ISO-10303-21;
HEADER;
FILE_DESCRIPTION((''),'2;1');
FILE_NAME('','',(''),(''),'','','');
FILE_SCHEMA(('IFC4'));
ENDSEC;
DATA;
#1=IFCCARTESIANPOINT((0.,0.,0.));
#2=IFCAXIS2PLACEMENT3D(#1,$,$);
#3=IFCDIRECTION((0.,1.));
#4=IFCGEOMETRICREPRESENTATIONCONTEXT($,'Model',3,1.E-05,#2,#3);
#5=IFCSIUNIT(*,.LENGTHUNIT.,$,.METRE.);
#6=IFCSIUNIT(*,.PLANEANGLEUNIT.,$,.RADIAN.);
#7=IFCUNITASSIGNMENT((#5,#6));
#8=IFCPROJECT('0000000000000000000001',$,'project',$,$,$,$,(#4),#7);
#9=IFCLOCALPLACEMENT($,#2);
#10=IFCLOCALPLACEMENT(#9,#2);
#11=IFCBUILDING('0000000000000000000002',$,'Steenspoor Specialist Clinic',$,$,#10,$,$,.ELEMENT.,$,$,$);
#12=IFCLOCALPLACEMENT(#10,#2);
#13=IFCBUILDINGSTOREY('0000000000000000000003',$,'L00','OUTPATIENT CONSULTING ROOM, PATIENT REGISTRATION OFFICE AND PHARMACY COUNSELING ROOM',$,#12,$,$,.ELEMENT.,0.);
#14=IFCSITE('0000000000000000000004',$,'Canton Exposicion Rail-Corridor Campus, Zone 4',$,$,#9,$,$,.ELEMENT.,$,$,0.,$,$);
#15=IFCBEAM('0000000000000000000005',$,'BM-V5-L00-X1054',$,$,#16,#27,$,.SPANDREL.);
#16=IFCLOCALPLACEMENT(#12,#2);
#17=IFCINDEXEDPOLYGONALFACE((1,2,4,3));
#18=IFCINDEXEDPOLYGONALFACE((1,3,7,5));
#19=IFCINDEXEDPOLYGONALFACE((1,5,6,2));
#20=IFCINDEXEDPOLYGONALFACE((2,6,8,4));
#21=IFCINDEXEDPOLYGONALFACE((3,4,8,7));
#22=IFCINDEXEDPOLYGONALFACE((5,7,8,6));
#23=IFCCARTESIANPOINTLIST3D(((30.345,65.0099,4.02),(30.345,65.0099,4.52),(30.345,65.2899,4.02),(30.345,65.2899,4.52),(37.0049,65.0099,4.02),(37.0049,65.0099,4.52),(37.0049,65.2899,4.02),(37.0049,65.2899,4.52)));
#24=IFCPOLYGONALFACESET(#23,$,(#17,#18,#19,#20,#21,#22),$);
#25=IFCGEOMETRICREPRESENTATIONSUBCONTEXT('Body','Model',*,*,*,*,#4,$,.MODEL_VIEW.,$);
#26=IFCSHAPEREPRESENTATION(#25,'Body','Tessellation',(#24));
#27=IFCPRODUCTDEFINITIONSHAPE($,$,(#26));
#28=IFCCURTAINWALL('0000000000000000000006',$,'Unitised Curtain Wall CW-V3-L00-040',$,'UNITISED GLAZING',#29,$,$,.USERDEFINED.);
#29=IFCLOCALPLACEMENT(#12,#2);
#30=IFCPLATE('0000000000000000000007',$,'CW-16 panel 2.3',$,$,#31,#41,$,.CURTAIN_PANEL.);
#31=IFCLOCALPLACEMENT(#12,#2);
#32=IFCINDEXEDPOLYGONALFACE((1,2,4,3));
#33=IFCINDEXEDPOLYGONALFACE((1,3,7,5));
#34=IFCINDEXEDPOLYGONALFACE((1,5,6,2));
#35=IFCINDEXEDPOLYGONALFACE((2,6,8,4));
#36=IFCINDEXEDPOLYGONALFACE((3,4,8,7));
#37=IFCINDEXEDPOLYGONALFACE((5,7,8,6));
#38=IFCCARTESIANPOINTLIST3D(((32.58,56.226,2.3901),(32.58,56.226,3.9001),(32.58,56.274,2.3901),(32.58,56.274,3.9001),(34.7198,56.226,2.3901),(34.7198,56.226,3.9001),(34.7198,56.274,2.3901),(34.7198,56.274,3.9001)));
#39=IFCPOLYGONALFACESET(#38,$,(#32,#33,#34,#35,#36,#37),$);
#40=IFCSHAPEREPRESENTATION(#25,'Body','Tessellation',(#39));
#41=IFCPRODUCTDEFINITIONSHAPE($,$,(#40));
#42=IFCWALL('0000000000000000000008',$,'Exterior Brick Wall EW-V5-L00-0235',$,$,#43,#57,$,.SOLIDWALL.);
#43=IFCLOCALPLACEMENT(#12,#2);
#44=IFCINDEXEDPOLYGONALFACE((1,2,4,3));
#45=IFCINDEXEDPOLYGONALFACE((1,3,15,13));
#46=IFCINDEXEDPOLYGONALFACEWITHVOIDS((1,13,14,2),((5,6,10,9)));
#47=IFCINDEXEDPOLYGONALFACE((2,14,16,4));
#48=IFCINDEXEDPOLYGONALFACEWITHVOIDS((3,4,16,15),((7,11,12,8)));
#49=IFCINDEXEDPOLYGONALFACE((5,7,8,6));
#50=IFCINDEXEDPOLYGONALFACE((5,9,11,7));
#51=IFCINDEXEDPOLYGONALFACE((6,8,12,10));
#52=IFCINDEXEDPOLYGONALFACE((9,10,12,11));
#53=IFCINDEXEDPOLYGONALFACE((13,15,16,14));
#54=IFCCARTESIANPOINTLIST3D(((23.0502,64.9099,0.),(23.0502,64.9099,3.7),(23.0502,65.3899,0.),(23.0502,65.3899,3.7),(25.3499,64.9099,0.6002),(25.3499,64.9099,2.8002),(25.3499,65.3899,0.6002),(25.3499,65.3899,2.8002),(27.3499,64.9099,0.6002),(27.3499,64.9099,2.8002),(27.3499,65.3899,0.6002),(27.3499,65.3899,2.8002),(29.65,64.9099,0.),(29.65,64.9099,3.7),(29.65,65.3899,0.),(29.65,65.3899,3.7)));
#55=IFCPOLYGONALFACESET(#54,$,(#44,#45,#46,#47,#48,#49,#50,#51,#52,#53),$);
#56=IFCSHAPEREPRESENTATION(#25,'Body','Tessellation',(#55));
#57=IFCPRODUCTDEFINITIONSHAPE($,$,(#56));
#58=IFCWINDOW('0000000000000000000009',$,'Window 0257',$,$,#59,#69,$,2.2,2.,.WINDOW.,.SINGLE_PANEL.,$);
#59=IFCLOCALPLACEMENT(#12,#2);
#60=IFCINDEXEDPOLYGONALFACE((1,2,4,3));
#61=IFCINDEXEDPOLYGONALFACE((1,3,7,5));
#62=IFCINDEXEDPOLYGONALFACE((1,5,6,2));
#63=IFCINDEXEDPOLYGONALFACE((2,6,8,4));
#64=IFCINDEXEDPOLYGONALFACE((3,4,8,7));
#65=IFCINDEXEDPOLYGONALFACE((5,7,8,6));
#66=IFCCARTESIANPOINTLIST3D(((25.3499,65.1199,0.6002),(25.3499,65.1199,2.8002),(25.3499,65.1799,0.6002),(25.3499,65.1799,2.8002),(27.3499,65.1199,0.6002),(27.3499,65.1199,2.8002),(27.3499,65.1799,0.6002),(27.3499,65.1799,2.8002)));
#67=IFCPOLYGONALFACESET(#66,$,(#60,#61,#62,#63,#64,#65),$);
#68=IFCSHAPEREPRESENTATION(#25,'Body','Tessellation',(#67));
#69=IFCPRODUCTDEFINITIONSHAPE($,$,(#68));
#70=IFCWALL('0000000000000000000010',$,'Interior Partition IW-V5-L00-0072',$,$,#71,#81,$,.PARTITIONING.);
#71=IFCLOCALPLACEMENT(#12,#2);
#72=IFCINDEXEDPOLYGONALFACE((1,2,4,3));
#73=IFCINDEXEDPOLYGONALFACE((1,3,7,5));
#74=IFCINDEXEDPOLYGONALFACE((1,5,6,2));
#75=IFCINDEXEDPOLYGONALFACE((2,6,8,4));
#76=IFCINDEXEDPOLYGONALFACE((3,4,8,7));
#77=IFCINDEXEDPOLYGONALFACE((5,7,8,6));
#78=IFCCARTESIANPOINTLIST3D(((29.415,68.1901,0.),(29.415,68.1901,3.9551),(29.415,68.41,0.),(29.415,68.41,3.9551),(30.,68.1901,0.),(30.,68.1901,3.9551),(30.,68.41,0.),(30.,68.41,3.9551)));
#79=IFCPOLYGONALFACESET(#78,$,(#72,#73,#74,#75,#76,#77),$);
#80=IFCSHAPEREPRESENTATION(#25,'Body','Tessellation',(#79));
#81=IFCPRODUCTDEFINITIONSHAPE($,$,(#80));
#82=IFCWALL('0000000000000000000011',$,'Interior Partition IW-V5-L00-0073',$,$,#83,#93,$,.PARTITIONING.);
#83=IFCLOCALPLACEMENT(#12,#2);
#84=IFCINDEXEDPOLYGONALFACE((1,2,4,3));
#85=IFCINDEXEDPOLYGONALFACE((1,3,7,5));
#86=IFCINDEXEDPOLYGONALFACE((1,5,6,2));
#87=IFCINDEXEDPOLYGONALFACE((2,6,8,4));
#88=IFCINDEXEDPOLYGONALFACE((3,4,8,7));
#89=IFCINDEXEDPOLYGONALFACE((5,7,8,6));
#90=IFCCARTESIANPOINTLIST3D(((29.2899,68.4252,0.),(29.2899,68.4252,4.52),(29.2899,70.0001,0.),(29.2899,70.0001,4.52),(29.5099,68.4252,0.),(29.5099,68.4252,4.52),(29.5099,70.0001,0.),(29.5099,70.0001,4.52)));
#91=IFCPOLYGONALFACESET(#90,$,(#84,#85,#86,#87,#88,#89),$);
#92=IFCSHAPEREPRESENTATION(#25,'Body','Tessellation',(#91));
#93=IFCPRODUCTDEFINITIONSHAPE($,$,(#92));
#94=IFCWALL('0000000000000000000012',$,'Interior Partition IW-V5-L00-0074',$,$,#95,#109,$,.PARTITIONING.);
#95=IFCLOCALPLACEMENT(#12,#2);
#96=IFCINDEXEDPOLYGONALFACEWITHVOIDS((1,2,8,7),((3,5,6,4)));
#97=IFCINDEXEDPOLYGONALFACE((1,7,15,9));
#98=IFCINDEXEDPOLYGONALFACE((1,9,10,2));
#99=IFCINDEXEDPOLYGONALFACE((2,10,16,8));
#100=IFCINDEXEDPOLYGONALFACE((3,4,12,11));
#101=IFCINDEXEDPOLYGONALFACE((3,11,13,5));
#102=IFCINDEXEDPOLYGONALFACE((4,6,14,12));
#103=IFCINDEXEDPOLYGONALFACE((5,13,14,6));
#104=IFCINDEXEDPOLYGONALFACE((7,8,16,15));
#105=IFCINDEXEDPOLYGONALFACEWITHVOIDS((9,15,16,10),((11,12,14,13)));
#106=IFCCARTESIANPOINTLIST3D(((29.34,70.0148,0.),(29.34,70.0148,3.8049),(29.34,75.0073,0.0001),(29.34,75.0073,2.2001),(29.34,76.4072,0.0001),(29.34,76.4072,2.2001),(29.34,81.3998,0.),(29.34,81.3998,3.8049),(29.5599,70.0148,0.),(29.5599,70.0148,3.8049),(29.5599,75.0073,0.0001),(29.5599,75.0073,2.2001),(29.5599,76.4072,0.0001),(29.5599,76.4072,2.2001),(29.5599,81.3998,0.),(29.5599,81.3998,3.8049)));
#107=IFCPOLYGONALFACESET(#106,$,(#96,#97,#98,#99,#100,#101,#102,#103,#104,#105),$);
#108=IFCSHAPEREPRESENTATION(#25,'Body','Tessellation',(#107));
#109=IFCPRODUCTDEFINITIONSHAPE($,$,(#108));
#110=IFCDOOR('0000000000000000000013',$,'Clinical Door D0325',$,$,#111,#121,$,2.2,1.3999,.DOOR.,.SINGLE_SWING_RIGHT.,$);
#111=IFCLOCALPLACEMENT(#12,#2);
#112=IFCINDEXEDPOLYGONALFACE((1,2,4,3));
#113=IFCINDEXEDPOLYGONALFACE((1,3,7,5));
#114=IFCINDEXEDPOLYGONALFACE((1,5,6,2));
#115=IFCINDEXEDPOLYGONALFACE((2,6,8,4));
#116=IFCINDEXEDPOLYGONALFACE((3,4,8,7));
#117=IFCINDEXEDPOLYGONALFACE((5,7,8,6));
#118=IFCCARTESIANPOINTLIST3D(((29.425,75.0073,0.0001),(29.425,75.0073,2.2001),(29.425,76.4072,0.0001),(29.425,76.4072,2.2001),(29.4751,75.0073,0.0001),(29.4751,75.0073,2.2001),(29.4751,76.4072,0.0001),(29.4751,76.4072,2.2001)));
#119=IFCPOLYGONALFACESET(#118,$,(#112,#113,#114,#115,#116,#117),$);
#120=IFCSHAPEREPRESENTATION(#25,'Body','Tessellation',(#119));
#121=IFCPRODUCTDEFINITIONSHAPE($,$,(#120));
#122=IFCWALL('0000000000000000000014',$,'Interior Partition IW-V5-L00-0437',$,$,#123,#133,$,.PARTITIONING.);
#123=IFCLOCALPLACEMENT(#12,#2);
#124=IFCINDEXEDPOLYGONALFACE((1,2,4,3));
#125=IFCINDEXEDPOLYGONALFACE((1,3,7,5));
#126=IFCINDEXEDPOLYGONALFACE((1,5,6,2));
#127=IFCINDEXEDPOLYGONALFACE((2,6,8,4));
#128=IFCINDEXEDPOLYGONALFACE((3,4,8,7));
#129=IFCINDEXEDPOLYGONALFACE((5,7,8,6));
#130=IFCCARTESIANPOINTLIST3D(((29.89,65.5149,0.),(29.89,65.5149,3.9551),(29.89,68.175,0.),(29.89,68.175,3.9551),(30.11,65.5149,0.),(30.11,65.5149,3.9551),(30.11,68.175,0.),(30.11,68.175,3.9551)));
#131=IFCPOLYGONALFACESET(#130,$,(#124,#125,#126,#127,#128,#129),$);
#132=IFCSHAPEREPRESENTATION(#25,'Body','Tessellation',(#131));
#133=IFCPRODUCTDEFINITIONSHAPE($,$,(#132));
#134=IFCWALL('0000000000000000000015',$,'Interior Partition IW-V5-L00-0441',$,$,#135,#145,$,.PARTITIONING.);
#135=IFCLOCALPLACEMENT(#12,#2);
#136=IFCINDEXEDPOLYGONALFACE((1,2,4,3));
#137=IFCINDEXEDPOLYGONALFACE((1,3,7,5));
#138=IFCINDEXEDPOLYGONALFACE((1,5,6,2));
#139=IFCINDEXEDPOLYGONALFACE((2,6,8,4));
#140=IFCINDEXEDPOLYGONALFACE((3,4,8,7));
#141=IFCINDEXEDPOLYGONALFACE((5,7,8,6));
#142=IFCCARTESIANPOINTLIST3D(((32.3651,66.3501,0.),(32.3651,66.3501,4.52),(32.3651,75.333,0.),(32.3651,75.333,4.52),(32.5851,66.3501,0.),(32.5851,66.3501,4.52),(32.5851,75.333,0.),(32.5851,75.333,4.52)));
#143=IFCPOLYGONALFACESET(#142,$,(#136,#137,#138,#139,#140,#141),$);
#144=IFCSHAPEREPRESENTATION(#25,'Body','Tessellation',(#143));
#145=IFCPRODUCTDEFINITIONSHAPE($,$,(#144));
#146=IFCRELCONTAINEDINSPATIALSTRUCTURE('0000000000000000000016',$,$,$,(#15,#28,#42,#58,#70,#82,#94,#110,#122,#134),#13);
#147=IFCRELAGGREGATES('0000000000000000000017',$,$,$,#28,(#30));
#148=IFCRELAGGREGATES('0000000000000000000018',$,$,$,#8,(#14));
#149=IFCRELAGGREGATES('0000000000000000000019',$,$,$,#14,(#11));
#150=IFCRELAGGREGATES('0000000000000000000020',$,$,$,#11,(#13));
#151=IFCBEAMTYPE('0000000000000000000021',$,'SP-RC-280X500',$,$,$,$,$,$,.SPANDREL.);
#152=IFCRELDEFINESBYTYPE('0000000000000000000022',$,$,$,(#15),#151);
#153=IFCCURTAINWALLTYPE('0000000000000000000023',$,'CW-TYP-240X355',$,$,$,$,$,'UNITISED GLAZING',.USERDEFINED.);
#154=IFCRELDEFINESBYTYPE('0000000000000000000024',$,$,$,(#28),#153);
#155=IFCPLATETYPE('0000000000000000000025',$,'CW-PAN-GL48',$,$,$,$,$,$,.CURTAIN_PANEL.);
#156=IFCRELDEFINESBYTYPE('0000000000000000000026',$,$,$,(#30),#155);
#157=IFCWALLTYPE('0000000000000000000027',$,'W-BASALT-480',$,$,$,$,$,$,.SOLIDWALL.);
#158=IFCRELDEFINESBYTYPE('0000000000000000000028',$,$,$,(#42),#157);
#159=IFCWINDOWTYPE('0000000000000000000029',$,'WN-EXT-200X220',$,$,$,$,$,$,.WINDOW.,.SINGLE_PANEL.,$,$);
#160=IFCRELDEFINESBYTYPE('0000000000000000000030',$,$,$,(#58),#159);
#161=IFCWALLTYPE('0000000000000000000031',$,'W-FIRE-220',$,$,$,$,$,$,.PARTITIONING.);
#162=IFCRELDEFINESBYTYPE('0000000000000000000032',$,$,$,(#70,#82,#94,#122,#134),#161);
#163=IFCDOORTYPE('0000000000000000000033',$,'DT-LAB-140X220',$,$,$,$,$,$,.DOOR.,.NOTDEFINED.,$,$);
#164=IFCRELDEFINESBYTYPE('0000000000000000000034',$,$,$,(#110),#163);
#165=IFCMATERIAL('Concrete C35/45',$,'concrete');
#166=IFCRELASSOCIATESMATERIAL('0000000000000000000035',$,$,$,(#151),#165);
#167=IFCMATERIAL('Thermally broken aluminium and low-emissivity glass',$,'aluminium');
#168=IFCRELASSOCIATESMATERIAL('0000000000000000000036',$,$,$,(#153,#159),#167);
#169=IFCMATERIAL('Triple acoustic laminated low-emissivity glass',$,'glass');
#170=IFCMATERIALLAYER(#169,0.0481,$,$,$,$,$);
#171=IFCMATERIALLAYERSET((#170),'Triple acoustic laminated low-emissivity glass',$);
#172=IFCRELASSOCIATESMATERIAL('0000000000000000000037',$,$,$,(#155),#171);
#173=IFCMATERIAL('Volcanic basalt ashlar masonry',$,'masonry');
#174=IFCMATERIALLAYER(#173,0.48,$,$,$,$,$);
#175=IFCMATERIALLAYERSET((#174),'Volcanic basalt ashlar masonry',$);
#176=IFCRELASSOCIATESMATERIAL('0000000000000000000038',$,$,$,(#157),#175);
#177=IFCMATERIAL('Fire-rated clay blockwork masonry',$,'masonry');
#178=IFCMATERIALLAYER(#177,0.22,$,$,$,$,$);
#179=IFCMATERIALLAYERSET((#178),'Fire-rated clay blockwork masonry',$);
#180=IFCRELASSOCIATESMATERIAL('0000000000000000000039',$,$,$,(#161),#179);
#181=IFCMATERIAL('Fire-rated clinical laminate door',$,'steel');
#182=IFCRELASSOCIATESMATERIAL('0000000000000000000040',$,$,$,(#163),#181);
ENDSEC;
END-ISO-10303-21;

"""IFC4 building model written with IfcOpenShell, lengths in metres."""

from ifc_helpers import new_model, si_unit, direction, frame, frame_2d, origin, origin_2d, place, context, subcontext, project, spatial, rectangle, extrude, material, layer, layer_set, material_profile, profile_set, type_object, element, fill, aggregate, save


model = new_model("IFC4")

# Units and contexts
model_context = context("Model", 3, precision=1e-05, world=origin(), true_north=direction((0.0, 1.0)))
body_context = subcontext(model_context, "Body", "Model", "MODEL_VIEW")
ifc_project = project(units=[si_unit("LENGTHUNIT", "METRE"), si_unit("PLANEANGLEUNIT", "RADIAN")], contexts=[model_context])

# Site, building, storey
site_placement = place(None, origin())
site = spatial("IfcSite", under=ifc_project, at=site_placement, Name="Canton Exposicion Rail-Corridor Campus, Zone 4", CompositionType="ELEMENT", RefElevation=0.0)
building_placement = place(site_placement, origin())
building = spatial("IfcBuilding", under=site, at=building_placement, Name="Steenspoor Specialist Clinic", CompositionType="ELEMENT")
storey_placement = place(building_placement, origin())
storey = spatial("IfcBuildingStorey", under=building, at=storey_placement, Name="L00", Description="OUTPATIENT CONSULTING ROOM, PATIENT REGISTRATION OFFICE AND PHARMACY COUNSELING ROOM", CompositionType="ELEMENT", Elevation=0.0)

# Shared definitions
ifc_material_1 = material(Name="Concrete C35/45", Category="concrete")

# Beam
ifc_material_profile_1 = material_profile(ifc_material_1, rectangle(XDim=0.28, YDim=0.5, at=origin_2d()), Name="RC-SP-280X500")
ifc_profile_set_1 = profile_set([ifc_material_profile_1], Name="Concrete C35/45")
beam_type_1 = type_object("IfcBeamType", Name="SP-RC-280X500", PredefinedType="SPANDREL", material=ifc_profile_set_1)
beam_1_placement = place(storey_placement, frame((30.345, 65.1499, 4.27), z_axis=(1.0, 0.0, 0.0), x_axis=(0.0, 1.0, 0.0)))
element("IfcBeam", 1, at=beam_1_placement, inside=storey, type_object=beam_type_1, Name="BM-V5-L00-X1054", PredefinedType="SPANDREL", context=body_context, shape_type="SweptSolid", body=[
    extrude(rectangle(XDim=0.28, YDim=0.5, at=origin_2d()), origin(), (0.0, 0.0, 1.0), 6.6599),
])

# Curtain wall, plate
ifc_material_2 = material(Name="Thermally broken aluminium and low-emissivity glass", Category="aluminium")
curtain_wall_type = type_object("IfcCurtainWallType", Name="CW-TYP-240X355", ElementType="UNITISED GLAZING", PredefinedType="USERDEFINED", material=ifc_material_2)
curtain_wall_placement = place(storey_placement, origin())
curtain_wall = element("IfcCurtainWall", 2, at=curtain_wall_placement, inside=storey, type_object=curtain_wall_type, Name="Unitised Curtain Wall CW-V3-L00-040", ObjectType="UNITISED GLAZING", PredefinedType="USERDEFINED")
ifc_material_3 = material(Name="Triple acoustic laminated low-emissivity glass", Category="glass")
ifc_layer_1 = layer(ifc_material_3, 0.0481)
ifc_layer_set_1 = layer_set([ifc_layer_1], Name="Triple acoustic laminated low-emissivity glass")
plate_type = type_object("IfcPlateType", Name="CW-PAN-GL48", PredefinedType="CURTAIN_PANEL", material=ifc_layer_set_1)
plate_placement = place(storey_placement, frame((33.6499, 56.25, 2.3901), z_axis=(0.0, 0.0, 1.0), x_axis=(1.0, 0.0, 0.0)))
plate = element("IfcPlate", 3, at=plate_placement, type_object=plate_type, Name="CW-16 panel 2.3", PredefinedType="CURTAIN_PANEL", context=body_context, shape_type="SweptSolid", body=[
    extrude(rectangle(XDim=2.1399, YDim=0.0481, at=origin_2d()), origin(), (0.0, 0.0, 1.0), 1.51),
])
aggregate(curtain_wall, [plate])

# Wall, opening, window
ifc_material_4 = material(Name="Volcanic basalt ashlar masonry", Category="masonry")
ifc_layer_2 = layer(ifc_material_4, 0.48)
ifc_layer_set_2 = layer_set([ifc_layer_2], Name="Volcanic basalt ashlar masonry")
wall_type_1 = type_object("IfcWallType", Name="W-BASALT-480", PredefinedType="SOLIDWALL", material=ifc_layer_set_2)
wall_1_placement = place(storey_placement, frame((29.6499, 65.1499, 0.0), z_axis=(0.0, 0.0, 1.0), x_axis=(-1.0, 0.0, 0.0)))
wall_1 = element("IfcWall", 4, at=wall_1_placement, inside=storey, type_object=wall_type_1, Name="Exterior Brick Wall EW-V5-L00-0235", PredefinedType="SOLIDWALL", context=body_context, shape_type="SweptSolid", body=[
    extrude(rectangle(XDim=6.5999, YDim=0.48, at=frame_2d((3.2998, 0.0))), origin(), (0.0, 0.0, 1.0), 3.7),
])
opening_1_placement = place(wall_1_placement, frame((2.3, 0.0, 0.6001)))
opening_1 = element("IfcOpeningElement", 5, at=opening_1_placement, cuts=wall_1, PredefinedType="OPENING", context=body_context, shape_type="SweptSolid", body=[
    extrude(rectangle(XDim=2.0, YDim=2.2, at=frame_2d((1.0, 1.1001))), frame((0.0, 0.25, 0.0), z_axis=(0.0, -1.0, 0.0), x_axis=(1.0, 0.0, 0.0)), (0.0, 0.0, 1.0), 0.5),
])
window_type = type_object("IfcWindowType", Name="WN-EXT-200X220", PartitioningType="SINGLE_PANEL", PredefinedType="WINDOW", material=ifc_material_2)
window_placement = place(opening_1_placement, origin())
window = element("IfcWindow", 6, at=window_placement, inside=storey, type_object=window_type, Name="Window 0257", OverallHeight=2.2, OverallWidth=2.0, PartitioningType="SINGLE_PANEL", PredefinedType="WINDOW", context=body_context, shape_type="SweptSolid", body=[
    extrude(rectangle(XDim=2.0, YDim=2.2, at=frame_2d((1.0, 1.1001))), frame((0.0, 0.03, 0.0), z_axis=(0.0, -1.0, 0.0), x_axis=(1.0, 0.0, 0.0)), (0.0, 0.0, 1.0), 0.0601),
])
fill(opening_1, window)

# Walls
ifc_material_5 = material(Name="Fire-rated clay blockwork masonry", Category="masonry")
ifc_layer_3 = layer(ifc_material_5, 0.22)
ifc_layer_set_3 = layer_set([ifc_layer_3], Name="Fire-rated clay blockwork masonry")
wall_type_2 = type_object("IfcWallType", Name="W-FIRE-220", PredefinedType="PARTITIONING", material=ifc_layer_set_3)
wall_2_placement = place(storey_placement, frame((29.415, 68.3, 0.0), z_axis=(0.0, 0.0, 1.0), x_axis=(1.0, 0.0, 0.0)))
element("IfcWall", 7, at=wall_2_placement, inside=storey, type_object=wall_type_2, Name="Interior Partition IW-V5-L00-0072", PredefinedType="PARTITIONING", context=body_context, shape_type="SweptSolid", body=[
    extrude(rectangle(XDim=0.585, YDim=0.22, at=frame_2d((0.2925, 0.0))), origin(), (0.0, 0.0, 1.0), 3.9551),
])
wall_3_placement = place(storey_placement, frame((29.3999, 68.425, 0.0), z_axis=(0.0, 0.0, 1.0), x_axis=(0.0, 1.0, 0.0)))
element("IfcWall", 8, at=wall_3_placement, inside=storey, type_object=wall_type_2, Name="Interior Partition IW-V5-L00-0073", PredefinedType="PARTITIONING", context=body_context, shape_type="SweptSolid", body=[
    extrude(rectangle(XDim=1.575, YDim=0.22, at=frame_2d((0.7876, 0.0))), origin(), (0.0, 0.0, 1.0), 4.52),
])

# Wall, opening, door
wall_4_placement = place(storey_placement, frame((29.45, 70.0149, 0.0), z_axis=(0.0, 0.0, 1.0), x_axis=(0.0, 1.0, 0.0)))
wall_4 = element("IfcWall", 9, at=wall_4_placement, inside=storey, type_object=wall_type_2, Name="Interior Partition IW-V5-L00-0074", PredefinedType="PARTITIONING", context=body_context, shape_type="SweptSolid", body=[
    extrude(rectangle(XDim=11.385, YDim=0.22, at=frame_2d((5.6924, 0.0))), origin(), (0.0, 0.0, 1.0), 3.8049),
])
opening_2_placement = place(wall_4_placement, frame((4.9924, 0.0, 0.0)))
opening_2 = element("IfcOpeningElement", 10, at=opening_2_placement, cuts=wall_4, PredefinedType="OPENING", context=body_context, shape_type="SweptSolid", body=[
    extrude(rectangle(XDim=1.3999, YDim=2.2, at=frame_2d((0.7, 1.1001))), frame((0.0, 0.1201, 0.0), z_axis=(0.0, -1.0, 0.0), x_axis=(1.0, 0.0, 0.0)), (0.0, 0.0, 1.0), 0.24),
])
ifc_material_6 = material(Name="Fire-rated clinical laminate door", Category="steel")
door_type = type_object("IfcDoorType", Name="DT-LAB-140X220", OperationType="NOTDEFINED", PredefinedType="DOOR", material=ifc_material_6)
door_placement = place(opening_2_placement, origin())
door = element("IfcDoor", 11, at=door_placement, inside=storey, type_object=door_type, Name="Clinical Door D0325", OperationType="SINGLE_SWING_RIGHT", OverallHeight=2.2, OverallWidth=1.3999, PredefinedType="DOOR", context=body_context, shape_type="SweptSolid", body=[
    extrude(rectangle(XDim=1.3999, YDim=2.2, at=frame_2d((0.7, 1.1001))), frame((0.0, 0.0249, 0.0), z_axis=(0.0, -1.0, 0.0), x_axis=(1.0, 0.0, 0.0)), (0.0, 0.0, 1.0), 0.05),
])
fill(opening_2, door)

# Walls
wall_5_placement = place(storey_placement, frame((30.0, 65.5149, 0.0), z_axis=(0.0, 0.0, 1.0), x_axis=(0.0, 1.0, 0.0)))
element("IfcWall", 12, at=wall_5_placement, inside=storey, type_object=wall_type_2, Name="Interior Partition IW-V5-L00-0437", PredefinedType="PARTITIONING", context=body_context, shape_type="SweptSolid", body=[
    extrude(rectangle(XDim=2.6602, YDim=0.22, at=frame_2d((1.3301, 0.0))), origin(), (0.0, 0.0, 1.0), 3.9551),
])
wall_6_placement = place(storey_placement, frame((32.4751, 66.3501, 0.0), z_axis=(0.0, 0.0, 1.0), x_axis=(0.0, 1.0, 0.0)))
element("IfcWall", 13, at=wall_6_placement, inside=storey, type_object=wall_type_2, Name="Interior Partition IW-V5-L00-0441", PredefinedType="PARTITIONING", context=body_context, shape_type="SweptSolid", body=[
    extrude(rectangle(XDim=8.9829, YDim=0.22, at=frame_2d((4.4915, 0.0))), origin(), (0.0, 0.0, 1.0), 4.52),
])

save(model, "model.ifc")
